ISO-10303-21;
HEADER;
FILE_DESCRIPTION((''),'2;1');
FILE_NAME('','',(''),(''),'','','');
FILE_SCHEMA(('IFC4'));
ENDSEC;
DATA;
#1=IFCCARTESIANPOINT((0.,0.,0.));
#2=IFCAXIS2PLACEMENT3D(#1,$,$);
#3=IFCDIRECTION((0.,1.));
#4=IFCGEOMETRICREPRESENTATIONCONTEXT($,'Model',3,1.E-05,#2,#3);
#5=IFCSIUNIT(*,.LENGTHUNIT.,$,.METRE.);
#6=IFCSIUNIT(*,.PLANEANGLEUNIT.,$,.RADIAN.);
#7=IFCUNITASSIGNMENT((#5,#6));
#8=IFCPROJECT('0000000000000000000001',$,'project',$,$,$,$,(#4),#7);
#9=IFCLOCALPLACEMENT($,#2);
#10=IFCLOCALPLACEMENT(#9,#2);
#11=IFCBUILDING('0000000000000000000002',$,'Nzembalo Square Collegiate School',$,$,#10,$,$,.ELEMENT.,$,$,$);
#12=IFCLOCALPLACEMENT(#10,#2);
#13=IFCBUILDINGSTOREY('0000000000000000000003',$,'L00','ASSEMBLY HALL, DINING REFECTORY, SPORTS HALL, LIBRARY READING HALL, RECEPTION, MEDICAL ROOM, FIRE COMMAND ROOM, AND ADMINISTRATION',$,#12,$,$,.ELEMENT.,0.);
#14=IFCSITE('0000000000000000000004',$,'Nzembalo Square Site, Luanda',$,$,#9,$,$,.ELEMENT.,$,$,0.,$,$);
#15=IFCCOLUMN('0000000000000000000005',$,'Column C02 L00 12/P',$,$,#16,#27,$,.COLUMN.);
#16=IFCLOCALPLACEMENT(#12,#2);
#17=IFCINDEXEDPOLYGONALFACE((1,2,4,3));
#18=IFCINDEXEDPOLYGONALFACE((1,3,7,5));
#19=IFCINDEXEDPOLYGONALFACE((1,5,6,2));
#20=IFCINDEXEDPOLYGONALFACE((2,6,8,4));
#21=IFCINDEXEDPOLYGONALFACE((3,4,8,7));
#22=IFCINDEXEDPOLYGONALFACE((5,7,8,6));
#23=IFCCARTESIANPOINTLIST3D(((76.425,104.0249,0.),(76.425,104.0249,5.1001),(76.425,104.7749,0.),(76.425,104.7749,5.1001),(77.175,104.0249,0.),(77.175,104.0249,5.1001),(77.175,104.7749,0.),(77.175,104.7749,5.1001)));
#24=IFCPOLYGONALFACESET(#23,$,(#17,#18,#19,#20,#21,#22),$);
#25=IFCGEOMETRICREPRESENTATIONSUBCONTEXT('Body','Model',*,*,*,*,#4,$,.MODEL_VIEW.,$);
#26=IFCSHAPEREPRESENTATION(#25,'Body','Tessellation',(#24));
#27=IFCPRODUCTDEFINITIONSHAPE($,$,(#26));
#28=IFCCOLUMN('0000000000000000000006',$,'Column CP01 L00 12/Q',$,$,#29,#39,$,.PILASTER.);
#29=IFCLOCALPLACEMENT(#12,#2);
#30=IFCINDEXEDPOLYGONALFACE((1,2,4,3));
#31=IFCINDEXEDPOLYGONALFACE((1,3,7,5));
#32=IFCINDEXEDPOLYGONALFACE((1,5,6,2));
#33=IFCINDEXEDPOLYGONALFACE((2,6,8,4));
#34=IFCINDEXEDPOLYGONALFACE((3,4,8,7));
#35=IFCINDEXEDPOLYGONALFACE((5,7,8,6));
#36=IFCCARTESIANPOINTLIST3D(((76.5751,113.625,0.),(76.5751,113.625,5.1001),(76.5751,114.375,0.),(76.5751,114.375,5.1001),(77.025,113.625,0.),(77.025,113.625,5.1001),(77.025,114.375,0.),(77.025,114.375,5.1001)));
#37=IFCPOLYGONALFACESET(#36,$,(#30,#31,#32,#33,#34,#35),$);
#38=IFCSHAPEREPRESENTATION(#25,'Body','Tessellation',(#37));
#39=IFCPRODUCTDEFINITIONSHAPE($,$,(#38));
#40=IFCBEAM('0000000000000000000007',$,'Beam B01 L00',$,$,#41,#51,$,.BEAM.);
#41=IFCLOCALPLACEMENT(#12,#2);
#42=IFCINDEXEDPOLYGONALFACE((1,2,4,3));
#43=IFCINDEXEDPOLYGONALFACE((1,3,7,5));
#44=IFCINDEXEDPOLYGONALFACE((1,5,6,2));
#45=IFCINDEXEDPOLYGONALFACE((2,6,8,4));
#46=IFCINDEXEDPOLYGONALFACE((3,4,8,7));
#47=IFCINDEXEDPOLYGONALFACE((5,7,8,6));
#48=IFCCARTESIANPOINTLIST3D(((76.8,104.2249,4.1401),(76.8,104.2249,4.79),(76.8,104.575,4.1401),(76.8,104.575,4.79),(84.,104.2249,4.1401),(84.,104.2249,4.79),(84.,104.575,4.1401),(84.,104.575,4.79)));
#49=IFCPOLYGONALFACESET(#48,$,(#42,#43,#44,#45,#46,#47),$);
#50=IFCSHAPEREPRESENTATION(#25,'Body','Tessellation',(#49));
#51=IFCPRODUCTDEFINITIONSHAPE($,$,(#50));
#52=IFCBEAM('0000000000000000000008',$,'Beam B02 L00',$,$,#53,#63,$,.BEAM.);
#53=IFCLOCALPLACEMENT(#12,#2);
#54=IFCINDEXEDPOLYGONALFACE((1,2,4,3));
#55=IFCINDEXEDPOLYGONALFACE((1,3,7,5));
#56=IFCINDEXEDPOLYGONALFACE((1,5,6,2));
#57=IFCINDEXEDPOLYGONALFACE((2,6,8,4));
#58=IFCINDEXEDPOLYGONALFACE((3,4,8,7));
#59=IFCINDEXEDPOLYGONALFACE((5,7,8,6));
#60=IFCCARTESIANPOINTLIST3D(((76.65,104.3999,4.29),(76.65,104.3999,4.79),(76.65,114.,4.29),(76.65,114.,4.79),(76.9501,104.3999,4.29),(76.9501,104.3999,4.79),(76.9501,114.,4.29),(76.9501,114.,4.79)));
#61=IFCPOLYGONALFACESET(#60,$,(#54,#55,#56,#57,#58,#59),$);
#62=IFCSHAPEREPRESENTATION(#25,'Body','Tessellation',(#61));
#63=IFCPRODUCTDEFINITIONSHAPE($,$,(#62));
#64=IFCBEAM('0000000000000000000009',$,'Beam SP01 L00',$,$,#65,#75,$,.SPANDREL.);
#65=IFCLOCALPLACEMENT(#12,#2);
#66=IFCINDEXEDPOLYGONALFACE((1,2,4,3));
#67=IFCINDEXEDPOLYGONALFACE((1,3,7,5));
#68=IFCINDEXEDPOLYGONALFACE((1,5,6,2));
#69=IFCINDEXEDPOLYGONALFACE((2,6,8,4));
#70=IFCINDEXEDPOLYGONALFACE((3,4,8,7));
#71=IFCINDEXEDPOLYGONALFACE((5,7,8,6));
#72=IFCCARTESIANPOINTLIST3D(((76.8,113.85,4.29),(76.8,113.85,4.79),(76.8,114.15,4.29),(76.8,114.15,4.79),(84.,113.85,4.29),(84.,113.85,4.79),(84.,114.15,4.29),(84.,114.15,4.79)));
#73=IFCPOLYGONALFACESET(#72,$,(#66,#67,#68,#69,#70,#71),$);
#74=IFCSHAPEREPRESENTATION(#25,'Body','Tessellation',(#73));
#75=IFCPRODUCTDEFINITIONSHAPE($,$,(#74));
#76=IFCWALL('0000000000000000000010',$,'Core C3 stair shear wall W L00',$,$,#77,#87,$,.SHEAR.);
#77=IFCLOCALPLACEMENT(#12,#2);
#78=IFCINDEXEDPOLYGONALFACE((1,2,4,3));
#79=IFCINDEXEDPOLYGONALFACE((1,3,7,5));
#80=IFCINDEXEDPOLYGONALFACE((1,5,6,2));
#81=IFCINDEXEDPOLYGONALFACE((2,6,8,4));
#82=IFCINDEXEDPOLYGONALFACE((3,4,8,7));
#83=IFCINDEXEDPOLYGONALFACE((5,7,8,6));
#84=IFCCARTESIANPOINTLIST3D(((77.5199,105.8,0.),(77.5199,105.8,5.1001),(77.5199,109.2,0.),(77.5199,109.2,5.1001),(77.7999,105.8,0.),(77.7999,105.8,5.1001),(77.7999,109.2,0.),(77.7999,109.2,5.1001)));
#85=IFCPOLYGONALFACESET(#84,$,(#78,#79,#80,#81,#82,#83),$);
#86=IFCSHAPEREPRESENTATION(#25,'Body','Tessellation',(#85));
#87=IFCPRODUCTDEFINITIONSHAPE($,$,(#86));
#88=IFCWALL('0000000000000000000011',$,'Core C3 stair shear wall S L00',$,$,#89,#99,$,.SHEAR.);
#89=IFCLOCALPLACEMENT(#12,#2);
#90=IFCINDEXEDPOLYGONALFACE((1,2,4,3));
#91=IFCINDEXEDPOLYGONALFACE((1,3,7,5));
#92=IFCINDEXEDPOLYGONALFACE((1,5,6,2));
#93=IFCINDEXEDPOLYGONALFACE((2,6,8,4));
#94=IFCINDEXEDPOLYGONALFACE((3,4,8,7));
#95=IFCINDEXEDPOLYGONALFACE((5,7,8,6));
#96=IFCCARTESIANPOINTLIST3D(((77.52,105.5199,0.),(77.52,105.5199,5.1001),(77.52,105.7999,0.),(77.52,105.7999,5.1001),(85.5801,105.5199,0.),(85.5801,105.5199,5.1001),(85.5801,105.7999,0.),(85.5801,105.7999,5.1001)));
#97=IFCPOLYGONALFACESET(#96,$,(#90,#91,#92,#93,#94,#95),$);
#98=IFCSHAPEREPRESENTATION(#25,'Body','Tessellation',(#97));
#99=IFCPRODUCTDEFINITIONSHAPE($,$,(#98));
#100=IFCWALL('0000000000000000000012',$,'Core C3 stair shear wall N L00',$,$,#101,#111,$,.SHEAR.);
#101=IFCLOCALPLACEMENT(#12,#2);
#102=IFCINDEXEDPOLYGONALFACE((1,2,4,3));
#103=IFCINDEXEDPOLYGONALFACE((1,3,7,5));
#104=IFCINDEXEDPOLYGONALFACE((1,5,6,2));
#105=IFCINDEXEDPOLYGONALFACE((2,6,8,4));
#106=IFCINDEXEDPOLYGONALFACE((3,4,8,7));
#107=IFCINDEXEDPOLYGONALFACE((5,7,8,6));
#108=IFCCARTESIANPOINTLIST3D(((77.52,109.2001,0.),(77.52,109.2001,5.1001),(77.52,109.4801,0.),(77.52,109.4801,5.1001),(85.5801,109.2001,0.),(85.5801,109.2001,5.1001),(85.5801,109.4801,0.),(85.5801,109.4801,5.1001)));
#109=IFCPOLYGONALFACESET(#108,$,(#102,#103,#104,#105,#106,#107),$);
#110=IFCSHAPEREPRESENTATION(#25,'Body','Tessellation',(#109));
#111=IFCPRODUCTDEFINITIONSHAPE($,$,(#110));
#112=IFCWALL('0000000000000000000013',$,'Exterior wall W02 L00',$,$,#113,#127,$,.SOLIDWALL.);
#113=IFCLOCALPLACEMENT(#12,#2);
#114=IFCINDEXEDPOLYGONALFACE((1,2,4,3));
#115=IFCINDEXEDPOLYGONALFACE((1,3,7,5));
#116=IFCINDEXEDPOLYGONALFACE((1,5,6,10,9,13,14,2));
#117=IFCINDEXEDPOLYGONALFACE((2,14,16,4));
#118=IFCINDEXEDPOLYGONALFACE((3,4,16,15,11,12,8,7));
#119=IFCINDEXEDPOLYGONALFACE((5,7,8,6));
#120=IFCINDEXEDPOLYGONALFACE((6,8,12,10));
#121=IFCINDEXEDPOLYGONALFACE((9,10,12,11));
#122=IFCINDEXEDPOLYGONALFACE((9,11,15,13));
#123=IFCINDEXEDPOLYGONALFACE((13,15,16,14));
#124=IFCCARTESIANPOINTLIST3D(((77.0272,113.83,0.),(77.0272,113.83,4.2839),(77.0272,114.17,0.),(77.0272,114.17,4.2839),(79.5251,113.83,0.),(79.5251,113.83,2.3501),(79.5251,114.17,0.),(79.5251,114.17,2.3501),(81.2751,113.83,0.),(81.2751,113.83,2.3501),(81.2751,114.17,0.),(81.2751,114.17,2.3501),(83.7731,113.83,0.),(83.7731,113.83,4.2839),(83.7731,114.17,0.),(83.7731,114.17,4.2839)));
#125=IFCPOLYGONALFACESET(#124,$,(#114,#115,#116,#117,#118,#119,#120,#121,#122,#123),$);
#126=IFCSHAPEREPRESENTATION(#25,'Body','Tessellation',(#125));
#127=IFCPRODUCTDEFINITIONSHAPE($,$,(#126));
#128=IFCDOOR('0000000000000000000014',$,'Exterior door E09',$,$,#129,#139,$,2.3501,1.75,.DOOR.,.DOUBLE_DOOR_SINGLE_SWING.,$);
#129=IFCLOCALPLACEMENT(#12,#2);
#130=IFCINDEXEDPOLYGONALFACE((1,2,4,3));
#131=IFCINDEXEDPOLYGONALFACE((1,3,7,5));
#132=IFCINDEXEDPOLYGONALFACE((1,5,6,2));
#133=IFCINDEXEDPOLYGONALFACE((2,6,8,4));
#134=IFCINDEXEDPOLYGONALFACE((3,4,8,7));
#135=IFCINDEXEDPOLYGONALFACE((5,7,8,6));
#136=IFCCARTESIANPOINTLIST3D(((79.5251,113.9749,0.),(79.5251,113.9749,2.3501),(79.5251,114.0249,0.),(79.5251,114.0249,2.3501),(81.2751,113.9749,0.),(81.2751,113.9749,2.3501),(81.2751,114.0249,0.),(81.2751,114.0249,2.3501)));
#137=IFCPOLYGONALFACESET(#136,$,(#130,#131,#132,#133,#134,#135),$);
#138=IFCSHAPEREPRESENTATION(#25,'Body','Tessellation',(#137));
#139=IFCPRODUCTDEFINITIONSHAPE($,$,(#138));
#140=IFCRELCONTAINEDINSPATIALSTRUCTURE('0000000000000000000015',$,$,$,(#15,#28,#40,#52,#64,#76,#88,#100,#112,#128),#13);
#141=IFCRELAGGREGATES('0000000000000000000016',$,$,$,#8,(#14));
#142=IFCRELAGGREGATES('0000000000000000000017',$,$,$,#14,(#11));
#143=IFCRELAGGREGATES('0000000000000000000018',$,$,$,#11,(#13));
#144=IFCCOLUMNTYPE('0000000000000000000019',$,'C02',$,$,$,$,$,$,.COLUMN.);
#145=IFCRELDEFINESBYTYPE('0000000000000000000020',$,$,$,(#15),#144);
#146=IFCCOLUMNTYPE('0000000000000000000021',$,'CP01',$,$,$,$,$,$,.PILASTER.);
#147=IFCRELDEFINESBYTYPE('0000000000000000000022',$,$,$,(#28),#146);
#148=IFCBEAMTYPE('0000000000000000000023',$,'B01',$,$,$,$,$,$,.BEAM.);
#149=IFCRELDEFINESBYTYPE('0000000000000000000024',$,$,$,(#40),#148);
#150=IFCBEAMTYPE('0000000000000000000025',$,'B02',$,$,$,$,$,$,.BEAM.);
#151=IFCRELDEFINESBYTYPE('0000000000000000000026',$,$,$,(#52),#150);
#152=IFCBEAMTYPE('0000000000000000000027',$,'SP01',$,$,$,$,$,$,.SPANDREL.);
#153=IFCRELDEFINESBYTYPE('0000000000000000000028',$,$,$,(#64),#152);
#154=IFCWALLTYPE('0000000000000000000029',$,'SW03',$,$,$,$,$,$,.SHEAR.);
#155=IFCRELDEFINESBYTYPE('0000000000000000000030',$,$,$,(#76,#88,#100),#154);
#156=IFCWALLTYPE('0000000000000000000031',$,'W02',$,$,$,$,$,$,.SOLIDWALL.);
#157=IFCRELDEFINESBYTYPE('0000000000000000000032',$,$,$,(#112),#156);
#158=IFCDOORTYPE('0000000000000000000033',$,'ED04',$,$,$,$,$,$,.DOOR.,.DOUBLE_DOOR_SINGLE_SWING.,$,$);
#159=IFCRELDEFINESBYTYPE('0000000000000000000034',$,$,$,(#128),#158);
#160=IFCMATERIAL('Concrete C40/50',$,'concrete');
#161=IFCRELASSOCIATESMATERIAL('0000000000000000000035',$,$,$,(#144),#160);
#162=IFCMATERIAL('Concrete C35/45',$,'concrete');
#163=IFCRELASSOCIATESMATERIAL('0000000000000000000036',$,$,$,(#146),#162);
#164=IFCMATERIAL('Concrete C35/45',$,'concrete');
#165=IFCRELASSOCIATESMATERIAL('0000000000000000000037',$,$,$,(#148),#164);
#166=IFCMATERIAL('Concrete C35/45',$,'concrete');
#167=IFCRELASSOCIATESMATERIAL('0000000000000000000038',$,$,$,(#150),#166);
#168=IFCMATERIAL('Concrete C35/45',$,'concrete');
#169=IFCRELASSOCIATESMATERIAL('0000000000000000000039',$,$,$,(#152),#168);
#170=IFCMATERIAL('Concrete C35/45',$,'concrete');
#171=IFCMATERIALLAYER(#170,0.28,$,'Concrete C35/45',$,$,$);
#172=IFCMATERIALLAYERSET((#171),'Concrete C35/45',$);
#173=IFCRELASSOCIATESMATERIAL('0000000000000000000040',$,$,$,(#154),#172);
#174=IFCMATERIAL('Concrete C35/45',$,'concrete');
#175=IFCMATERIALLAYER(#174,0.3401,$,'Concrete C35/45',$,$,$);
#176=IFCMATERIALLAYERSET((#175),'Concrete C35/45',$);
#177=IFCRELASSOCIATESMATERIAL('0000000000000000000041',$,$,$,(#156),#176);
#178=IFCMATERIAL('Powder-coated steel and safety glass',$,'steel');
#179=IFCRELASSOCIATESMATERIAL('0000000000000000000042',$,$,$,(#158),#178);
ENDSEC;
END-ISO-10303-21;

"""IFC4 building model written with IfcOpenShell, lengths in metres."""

from ifc_helpers import new_model, si_unit, direction, frame, frame_2d, origin, origin_2d, place, context, subcontext, project, spatial, rectangle, extrude, material, layer, layer_set, material_profile, profile_set, type_object, element, fill, save


model = new_model("IFC4")

# Units and contexts
model_context = context("Model", 3, precision=1e-05, world=origin(), true_north=direction((0.0, 1.0)))
body_context = subcontext(model_context, "Body", "Model", "MODEL_VIEW")
ifc_project = project(units=[si_unit("LENGTHUNIT", "METRE"), si_unit("PLANEANGLEUNIT", "RADIAN")], contexts=[model_context])

# Site, building, storey
site_placement = place(None, origin())
site = spatial("IfcSite", under=ifc_project, at=site_placement, Name="Nzembalo Square Site, Luanda", CompositionType="ELEMENT", RefElevation=0.0)
building_placement = place(site_placement, origin())
building = spatial("IfcBuilding", under=site, at=building_placement, Name="Nzembalo Square Collegiate School", CompositionType="ELEMENT")
storey_placement = place(building_placement, origin())
storey = spatial("IfcBuildingStorey", under=building, at=storey_placement, Name="L00", Description="ASSEMBLY HALL, DINING REFECTORY, SPORTS HALL, LIBRARY READING HALL, RECEPTION, MEDICAL ROOM, FIRE COMMAND ROOM, AND ADMINISTRATION", CompositionType="ELEMENT", Elevation=0.0)

# Columns
ifc_material_1 = material(Name="Concrete C40/50", Category="concrete")
ifc_material_profile_1 = material_profile(ifc_material_1, rectangle(XDim=0.75, YDim=0.75, at=origin_2d()), Name="RC 750x750")
ifc_profile_set_1 = profile_set([ifc_material_profile_1], Name="Concrete C40/50")
column_type_1 = type_object("IfcColumnType", Name="C02", PredefinedType="COLUMN", material=ifc_profile_set_1)
column_1_placement = place(storey_placement, frame((76.8, 104.3999, 0.0), z_axis=(0.0, 0.0, 1.0), x_axis=(1.0, 0.0, 0.0)))
element("IfcColumn", 1, at=column_1_placement, inside=storey, type_object=column_type_1, Name="Column C02 L00 12/P", PredefinedType="COLUMN", context=body_context, shape_type="SweptSolid", body=[
    extrude(rectangle(XDim=0.75, YDim=0.75, at=origin_2d()), origin(), (0.0, 0.0, 1.0), 5.1001),
])
ifc_material_2 = material(Name="Concrete C35/45", Category="concrete")
ifc_material_profile_2 = material_profile(ifc_material_2, rectangle(XDim=0.45, YDim=0.75, at=origin_2d()), Name="RC 450x750")
ifc_profile_set_2 = profile_set([ifc_material_profile_2], Name="Concrete C35/45")
column_type_2 = type_object("IfcColumnType", Name="CP01", PredefinedType="PILASTER", material=ifc_profile_set_2)
column_2_placement = place(storey_placement, frame((76.8, 114.0, 0.0), z_axis=(0.0, 0.0, 1.0), x_axis=(1.0, 0.0, 0.0)))
element("IfcColumn", 2, at=column_2_placement, inside=storey, type_object=column_type_2, Name="Column CP01 L00 12/Q", PredefinedType="PILASTER", context=body_context, shape_type="SweptSolid", body=[
    extrude(rectangle(XDim=0.45, YDim=0.75, at=origin_2d()), origin(), (0.0, 0.0, 1.0), 5.1001),
])

# Beams
ifc_material_3 = material(Name="Concrete C35/45", Category="concrete")
ifc_material_profile_3 = material_profile(ifc_material_3, rectangle(XDim=0.3501, YDim=0.6499, at=origin_2d()), Name="RC 350x650")
ifc_profile_set_3 = profile_set([ifc_material_profile_3], Name="Concrete C35/45")
beam_type_1 = type_object("IfcBeamType", Name="B01", PredefinedType="BEAM", material=ifc_profile_set_3)
beam_1_placement = place(storey_placement, frame((76.8, 104.3999, 4.4651), z_axis=(1.0, 0.0, 0.0), x_axis=(0.0, 1.0, 0.0)))
element("IfcBeam", 3, at=beam_1_placement, inside=storey, type_object=beam_type_1, Name="Beam B01 L00", PredefinedType="BEAM", context=body_context, shape_type="SweptSolid", body=[
    extrude(rectangle(XDim=0.3501, YDim=0.6499, at=origin_2d()), origin(), (0.0, 0.0, 1.0), 7.2),
])
ifc_material_4 = material(Name="Concrete C35/45", Category="concrete")
ifc_material_profile_4 = material_profile(ifc_material_4, rectangle(XDim=0.3, YDim=0.5, at=origin_2d()), Name="RC 300x500")
ifc_profile_set_4 = profile_set([ifc_material_profile_4], Name="Concrete C35/45")
beam_type_2 = type_object("IfcBeamType", Name="B02", PredefinedType="BEAM", material=ifc_profile_set_4)
beam_2_placement = place(storey_placement, frame((76.8, 104.3999, 4.54), z_axis=(0.0, 1.0, 0.0), x_axis=(-1.0, 0.0, 0.0)))
element("IfcBeam", 4, at=beam_2_placement, inside=storey, type_object=beam_type_2, Name="Beam B02 L00", PredefinedType="BEAM", context=body_context, shape_type="SweptSolid", body=[
    extrude(rectangle(XDim=0.3, YDim=0.5, at=origin_2d()), origin(), (0.0, 0.0, 1.0), 9.6001),
])
ifc_material_5 = material(Name="Concrete C35/45", Category="concrete")
ifc_material_profile_5 = material_profile(ifc_material_5, rectangle(XDim=0.3, YDim=0.5, at=origin_2d()), Name="RC 300x500")
ifc_profile_set_5 = profile_set([ifc_material_profile_5], Name="Concrete C35/45")
beam_type_3 = type_object("IfcBeamType", Name="SP01", PredefinedType="SPANDREL", material=ifc_profile_set_5)
beam_3_placement = place(storey_placement, frame((76.8, 114.0, 4.54), z_axis=(1.0, 0.0, 0.0), x_axis=(0.0, 1.0, 0.0)))
element("IfcBeam", 5, at=beam_3_placement, inside=storey, type_object=beam_type_3, Name="Beam SP01 L00", PredefinedType="SPANDREL", context=body_context, shape_type="SweptSolid", body=[
    extrude(rectangle(XDim=0.3, YDim=0.5, at=origin_2d()), origin(), (0.0, 0.0, 1.0), 7.2),
])

# Walls
ifc_material_6 = material(Name="Concrete C35/45", Category="concrete")
ifc_layer_1 = layer(ifc_material_6, 0.28, Name="Concrete C35/45")
ifc_layer_set_1 = layer_set([ifc_layer_1], Name="Concrete C35/45")
wall_type_1 = type_object("IfcWallType", Name="SW03", PredefinedType="SHEAR", material=ifc_layer_set_1)
wall_1_placement = place(storey_placement, frame((77.6599, 105.8, 0.0), z_axis=(0.0, 0.0, 1.0), x_axis=(0.0, 1.0, 0.0)))
element("IfcWall", 6, at=wall_1_placement, inside=storey, type_object=wall_type_1, Name="Core C3 stair shear wall W L00", PredefinedType="SHEAR", context=body_context, shape_type="SweptSolid", body=[
    extrude(rectangle(XDim=3.3999, YDim=0.28, at=frame_2d((1.7, 0.0))), origin(), (0.0, 0.0, 1.0), 5.1001),
])
for number, where, z_axis, x_axis, name in (
    (7, (77.52, 105.6599, 0.0), (0.0, 0.0, 1.0), (1.0, 0.0, 0.0), "Core C3 stair shear wall S L00"),
    (8, (77.52, 109.3401, 0.0), (0.0, 0.0, 1.0), (1.0, 0.0, 0.0), "Core C3 stair shear wall N L00"),
):
    element("IfcWall", number, at=place(storey_placement, frame(where, z_axis=z_axis, x_axis=x_axis)), inside=storey, type_object=wall_type_1, Name=name, PredefinedType="SHEAR", context=body_context, shape_type="SweptSolid", body=[
        extrude(rectangle(XDim=8.0601, YDim=0.28, at=frame_2d((4.03, 0.0))), origin(), (0.0, 0.0, 1.0), 5.1001),
    ])

# Wall, opening, door
ifc_material_7 = material(Name="Concrete C35/45", Category="concrete")
ifc_layer_2 = layer(ifc_material_7, 0.3401, Name="Concrete C35/45")
ifc_layer_set_2 = layer_set([ifc_layer_2], Name="Concrete C35/45")
wall_type_2 = type_object("IfcWallType", Name="W02", PredefinedType="SOLIDWALL", material=ifc_layer_set_2)
wall_2_placement = place(storey_placement, frame((77.0271, 114.0, 0.0), z_axis=(0.0, 0.0, 1.0), x_axis=(1.0, 0.0, 0.0)))
wall_2 = element("IfcWall", 9, at=wall_2_placement, inside=storey, type_object=wall_type_2, Name="Exterior wall W02 L00", PredefinedType="SOLIDWALL", context=body_context, shape_type="SweptSolid", body=[
    extrude(rectangle(XDim=6.7458, YDim=0.3401, at=frame_2d((3.373, 0.0))), origin(), (0.0, 0.0, 1.0), 4.2839),
])
opening_placement = place(wall_2_placement, frame((2.498, 0.0, 0.0)))
opening = element("IfcOpeningElement", 10, at=opening_placement, cuts=wall_2, PredefinedType="OPENING", context=body_context, shape_type="SweptSolid", body=[
    extrude(rectangle(XDim=1.75, YDim=2.3501, at=frame_2d((0.875, 1.175))), frame((0.0, 0.1802, 0.0), z_axis=(0.0, -1.0, 0.0), x_axis=(1.0, 0.0, 0.0)), (0.0, 0.0, 1.0), 0.3601),
])
ifc_material_8 = material(Name="Powder-coated steel and safety glass", Category="steel")
door_type = type_object("IfcDoorType", Name="ED04", OperationType="DOUBLE_DOOR_SINGLE_SWING", PredefinedType="DOOR", material=ifc_material_8)
door_placement = place(opening_placement, origin())
door = element("IfcDoor", 11, at=door_placement, inside=storey, type_object=door_type, Name="Exterior door E09", OperationType="DOUBLE_DOOR_SINGLE_SWING", OverallHeight=2.3501, OverallWidth=1.75, PredefinedType="DOOR", context=body_context, shape_type="SweptSolid", body=[
    extrude(rectangle(XDim=1.75, YDim=2.3501, at=frame_2d((0.875, 1.175))), frame((0.0, 0.0249, 0.0), z_axis=(0.0, -1.0, 0.0), x_axis=(1.0, 0.0, 0.0)), (0.0, 0.0, 1.0), 0.05),
])
fill(opening, door)

save(model, "model.ifc")
